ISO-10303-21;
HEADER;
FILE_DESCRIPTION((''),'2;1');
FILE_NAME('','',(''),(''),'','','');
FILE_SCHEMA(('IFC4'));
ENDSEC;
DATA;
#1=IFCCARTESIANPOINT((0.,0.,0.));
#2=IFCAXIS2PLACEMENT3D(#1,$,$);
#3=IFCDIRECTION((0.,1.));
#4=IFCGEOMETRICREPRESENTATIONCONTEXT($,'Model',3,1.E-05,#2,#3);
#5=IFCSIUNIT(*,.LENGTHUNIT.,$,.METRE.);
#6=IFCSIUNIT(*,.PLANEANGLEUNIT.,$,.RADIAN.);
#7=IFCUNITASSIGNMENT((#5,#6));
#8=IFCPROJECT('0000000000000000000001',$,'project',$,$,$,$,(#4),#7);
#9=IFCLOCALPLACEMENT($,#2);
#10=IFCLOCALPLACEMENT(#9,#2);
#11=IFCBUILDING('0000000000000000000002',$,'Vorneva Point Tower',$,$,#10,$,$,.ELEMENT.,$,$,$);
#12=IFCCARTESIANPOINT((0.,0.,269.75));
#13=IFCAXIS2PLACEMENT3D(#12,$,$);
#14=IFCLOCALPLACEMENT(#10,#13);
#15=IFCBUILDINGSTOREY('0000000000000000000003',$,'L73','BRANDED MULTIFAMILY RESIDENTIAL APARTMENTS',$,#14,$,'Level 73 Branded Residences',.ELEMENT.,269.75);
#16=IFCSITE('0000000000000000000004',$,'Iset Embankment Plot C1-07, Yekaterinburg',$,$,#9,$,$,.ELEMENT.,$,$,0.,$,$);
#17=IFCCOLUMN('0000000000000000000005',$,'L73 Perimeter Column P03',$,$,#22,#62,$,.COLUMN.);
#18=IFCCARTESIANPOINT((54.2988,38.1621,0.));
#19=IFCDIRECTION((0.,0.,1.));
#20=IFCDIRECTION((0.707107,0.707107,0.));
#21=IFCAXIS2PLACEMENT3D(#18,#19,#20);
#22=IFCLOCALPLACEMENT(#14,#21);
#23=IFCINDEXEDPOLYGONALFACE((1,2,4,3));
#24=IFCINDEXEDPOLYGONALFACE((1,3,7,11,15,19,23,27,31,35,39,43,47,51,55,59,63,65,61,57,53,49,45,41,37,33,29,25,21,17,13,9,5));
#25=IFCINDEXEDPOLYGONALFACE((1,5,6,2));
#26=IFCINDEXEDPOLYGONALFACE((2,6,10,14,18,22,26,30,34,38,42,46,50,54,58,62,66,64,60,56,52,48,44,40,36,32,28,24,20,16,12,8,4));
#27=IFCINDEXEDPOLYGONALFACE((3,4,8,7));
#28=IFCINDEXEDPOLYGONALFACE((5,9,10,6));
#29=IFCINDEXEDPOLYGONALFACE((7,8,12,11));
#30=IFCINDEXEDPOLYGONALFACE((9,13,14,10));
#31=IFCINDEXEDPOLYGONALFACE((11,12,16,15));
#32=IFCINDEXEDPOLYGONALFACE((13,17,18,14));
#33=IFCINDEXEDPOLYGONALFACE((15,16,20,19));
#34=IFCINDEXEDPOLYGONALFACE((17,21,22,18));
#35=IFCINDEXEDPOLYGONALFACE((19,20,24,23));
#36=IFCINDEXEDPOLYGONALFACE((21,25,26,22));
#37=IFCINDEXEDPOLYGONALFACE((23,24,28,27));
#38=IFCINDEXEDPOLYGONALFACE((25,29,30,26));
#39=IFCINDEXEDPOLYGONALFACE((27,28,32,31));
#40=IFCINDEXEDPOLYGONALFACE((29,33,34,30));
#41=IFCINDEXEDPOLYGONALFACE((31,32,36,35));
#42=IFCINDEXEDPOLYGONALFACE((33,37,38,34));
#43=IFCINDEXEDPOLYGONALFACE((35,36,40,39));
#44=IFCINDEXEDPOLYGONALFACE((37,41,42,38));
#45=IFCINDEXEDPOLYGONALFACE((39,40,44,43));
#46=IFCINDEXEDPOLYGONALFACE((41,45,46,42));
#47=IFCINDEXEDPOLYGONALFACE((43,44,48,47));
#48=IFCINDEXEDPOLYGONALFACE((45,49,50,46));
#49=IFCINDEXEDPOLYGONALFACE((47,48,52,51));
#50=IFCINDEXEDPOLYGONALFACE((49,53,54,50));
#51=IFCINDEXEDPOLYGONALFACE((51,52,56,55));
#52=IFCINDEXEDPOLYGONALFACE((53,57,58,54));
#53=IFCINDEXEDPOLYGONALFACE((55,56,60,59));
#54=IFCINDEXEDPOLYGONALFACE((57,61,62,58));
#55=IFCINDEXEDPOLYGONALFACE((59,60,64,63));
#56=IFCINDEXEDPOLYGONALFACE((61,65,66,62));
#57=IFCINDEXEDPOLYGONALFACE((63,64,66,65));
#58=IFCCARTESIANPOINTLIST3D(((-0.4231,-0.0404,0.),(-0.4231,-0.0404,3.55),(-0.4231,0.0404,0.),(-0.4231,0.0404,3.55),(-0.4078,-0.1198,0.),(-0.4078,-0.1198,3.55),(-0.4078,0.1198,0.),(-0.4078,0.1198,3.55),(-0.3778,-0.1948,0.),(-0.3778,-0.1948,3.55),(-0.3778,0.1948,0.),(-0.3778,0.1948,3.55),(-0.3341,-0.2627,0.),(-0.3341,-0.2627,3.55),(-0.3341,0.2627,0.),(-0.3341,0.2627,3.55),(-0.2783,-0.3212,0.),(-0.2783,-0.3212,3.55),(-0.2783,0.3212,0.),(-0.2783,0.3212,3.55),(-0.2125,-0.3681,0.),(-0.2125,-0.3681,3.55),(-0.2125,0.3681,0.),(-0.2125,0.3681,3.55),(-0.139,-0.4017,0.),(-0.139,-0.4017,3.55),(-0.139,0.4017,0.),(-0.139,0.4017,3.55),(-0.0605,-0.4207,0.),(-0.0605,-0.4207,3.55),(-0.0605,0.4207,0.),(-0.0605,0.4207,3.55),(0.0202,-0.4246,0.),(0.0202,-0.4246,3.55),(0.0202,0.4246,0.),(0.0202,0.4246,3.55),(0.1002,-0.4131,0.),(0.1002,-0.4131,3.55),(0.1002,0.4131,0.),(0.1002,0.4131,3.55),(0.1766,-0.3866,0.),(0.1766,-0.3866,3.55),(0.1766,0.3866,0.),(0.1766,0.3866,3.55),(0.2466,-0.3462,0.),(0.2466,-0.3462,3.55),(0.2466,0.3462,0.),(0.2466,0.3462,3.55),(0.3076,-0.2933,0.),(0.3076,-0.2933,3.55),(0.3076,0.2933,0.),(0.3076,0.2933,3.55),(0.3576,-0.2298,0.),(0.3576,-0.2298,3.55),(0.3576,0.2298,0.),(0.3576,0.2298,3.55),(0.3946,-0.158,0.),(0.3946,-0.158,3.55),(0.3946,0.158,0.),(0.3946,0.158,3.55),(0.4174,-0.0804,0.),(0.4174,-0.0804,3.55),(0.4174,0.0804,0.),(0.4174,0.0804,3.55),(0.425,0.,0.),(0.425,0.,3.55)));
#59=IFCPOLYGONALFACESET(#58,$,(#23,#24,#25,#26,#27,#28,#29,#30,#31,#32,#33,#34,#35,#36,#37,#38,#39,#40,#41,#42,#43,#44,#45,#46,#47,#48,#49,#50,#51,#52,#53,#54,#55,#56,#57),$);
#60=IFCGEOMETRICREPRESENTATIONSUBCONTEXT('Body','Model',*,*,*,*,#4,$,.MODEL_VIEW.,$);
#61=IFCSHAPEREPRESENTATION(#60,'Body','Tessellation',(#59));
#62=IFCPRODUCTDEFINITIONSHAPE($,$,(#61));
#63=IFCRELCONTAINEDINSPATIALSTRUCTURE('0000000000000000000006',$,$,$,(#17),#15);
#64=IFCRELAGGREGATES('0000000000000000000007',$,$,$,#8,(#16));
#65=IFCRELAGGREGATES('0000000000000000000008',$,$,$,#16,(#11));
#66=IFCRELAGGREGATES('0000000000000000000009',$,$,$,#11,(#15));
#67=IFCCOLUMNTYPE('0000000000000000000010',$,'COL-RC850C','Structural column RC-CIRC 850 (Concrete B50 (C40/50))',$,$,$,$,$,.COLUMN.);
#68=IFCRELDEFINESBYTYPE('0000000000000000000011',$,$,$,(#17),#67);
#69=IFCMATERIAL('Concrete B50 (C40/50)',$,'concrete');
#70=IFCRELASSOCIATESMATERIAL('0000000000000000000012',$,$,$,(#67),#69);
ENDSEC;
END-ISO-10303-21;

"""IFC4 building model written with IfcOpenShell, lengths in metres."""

from ifc_helpers import new_model, si_unit, direction, frame, origin, origin_2d, place, context, subcontext, project, spatial, circle, extrude, material, material_profile, profile_set, type_object, element, save


model = new_model("IFC4")

# Units and contexts
model_context = context("Model", 3, precision=1e-05, world=origin(), true_north=direction((0.0, 1.0)))
body_context = subcontext(model_context, "Body", "Model", "MODEL_VIEW")
ifc_project = project(units=[si_unit("LENGTHUNIT", "METRE"), si_unit("PLANEANGLEUNIT", "RADIAN")], contexts=[model_context])

# Site, building, storey
site_placement = place(None, origin())
site = spatial("IfcSite", under=ifc_project, at=site_placement, Name="Iset Embankment Plot C1-07, Yekaterinburg", CompositionType="ELEMENT", RefElevation=0.0)
building_placement = place(site_placement, origin())
building = spatial("IfcBuilding", under=site, at=building_placement, Name="Vorneva Point Tower", CompositionType="ELEMENT")
storey_placement = place(building_placement, frame((0.0, 0.0, 269.75)))
storey = spatial("IfcBuildingStorey", under=building, at=storey_placement, Name="L73", Description="BRANDED MULTIFAMILY RESIDENTIAL APARTMENTS", LongName="Level 73 Branded Residences", CompositionType="ELEMENT", Elevation=269.75)

# Column
ifc_material_1 = material(Name="Concrete B50 (C40/50)", Category="concrete")
ifc_material_profile_1 = material_profile(ifc_material_1, circle(Radius=0.425, at=origin_2d()), Name="RC-CIRC 850")
ifc_profile_set_1 = profile_set([ifc_material_profile_1], Name="Concrete B50 (C40/50)")
column_type = type_object("IfcColumnType", Name="COL-RC850C", Description="Structural column RC-CIRC 850 (Concrete B50 (C40/50))", PredefinedType="COLUMN", material=ifc_profile_set_1)
column_placement = place(storey_placement, frame((54.2988, 38.1621, 0.0), z_axis=(0.0, 0.0, 1.0), x_axis=(0.707107, 0.707107, 0.0)))
element("IfcColumn", 1, at=column_placement, inside=storey, type_object=column_type, Name="L73 Perimeter Column P03", PredefinedType="COLUMN", context=body_context, shape_type="SweptSolid", body=[
    extrude(circle(Radius=0.425, at=origin_2d()), origin(), (0.0, 0.0, 1.0), 3.55),
])

save(model, "model.ifc")
